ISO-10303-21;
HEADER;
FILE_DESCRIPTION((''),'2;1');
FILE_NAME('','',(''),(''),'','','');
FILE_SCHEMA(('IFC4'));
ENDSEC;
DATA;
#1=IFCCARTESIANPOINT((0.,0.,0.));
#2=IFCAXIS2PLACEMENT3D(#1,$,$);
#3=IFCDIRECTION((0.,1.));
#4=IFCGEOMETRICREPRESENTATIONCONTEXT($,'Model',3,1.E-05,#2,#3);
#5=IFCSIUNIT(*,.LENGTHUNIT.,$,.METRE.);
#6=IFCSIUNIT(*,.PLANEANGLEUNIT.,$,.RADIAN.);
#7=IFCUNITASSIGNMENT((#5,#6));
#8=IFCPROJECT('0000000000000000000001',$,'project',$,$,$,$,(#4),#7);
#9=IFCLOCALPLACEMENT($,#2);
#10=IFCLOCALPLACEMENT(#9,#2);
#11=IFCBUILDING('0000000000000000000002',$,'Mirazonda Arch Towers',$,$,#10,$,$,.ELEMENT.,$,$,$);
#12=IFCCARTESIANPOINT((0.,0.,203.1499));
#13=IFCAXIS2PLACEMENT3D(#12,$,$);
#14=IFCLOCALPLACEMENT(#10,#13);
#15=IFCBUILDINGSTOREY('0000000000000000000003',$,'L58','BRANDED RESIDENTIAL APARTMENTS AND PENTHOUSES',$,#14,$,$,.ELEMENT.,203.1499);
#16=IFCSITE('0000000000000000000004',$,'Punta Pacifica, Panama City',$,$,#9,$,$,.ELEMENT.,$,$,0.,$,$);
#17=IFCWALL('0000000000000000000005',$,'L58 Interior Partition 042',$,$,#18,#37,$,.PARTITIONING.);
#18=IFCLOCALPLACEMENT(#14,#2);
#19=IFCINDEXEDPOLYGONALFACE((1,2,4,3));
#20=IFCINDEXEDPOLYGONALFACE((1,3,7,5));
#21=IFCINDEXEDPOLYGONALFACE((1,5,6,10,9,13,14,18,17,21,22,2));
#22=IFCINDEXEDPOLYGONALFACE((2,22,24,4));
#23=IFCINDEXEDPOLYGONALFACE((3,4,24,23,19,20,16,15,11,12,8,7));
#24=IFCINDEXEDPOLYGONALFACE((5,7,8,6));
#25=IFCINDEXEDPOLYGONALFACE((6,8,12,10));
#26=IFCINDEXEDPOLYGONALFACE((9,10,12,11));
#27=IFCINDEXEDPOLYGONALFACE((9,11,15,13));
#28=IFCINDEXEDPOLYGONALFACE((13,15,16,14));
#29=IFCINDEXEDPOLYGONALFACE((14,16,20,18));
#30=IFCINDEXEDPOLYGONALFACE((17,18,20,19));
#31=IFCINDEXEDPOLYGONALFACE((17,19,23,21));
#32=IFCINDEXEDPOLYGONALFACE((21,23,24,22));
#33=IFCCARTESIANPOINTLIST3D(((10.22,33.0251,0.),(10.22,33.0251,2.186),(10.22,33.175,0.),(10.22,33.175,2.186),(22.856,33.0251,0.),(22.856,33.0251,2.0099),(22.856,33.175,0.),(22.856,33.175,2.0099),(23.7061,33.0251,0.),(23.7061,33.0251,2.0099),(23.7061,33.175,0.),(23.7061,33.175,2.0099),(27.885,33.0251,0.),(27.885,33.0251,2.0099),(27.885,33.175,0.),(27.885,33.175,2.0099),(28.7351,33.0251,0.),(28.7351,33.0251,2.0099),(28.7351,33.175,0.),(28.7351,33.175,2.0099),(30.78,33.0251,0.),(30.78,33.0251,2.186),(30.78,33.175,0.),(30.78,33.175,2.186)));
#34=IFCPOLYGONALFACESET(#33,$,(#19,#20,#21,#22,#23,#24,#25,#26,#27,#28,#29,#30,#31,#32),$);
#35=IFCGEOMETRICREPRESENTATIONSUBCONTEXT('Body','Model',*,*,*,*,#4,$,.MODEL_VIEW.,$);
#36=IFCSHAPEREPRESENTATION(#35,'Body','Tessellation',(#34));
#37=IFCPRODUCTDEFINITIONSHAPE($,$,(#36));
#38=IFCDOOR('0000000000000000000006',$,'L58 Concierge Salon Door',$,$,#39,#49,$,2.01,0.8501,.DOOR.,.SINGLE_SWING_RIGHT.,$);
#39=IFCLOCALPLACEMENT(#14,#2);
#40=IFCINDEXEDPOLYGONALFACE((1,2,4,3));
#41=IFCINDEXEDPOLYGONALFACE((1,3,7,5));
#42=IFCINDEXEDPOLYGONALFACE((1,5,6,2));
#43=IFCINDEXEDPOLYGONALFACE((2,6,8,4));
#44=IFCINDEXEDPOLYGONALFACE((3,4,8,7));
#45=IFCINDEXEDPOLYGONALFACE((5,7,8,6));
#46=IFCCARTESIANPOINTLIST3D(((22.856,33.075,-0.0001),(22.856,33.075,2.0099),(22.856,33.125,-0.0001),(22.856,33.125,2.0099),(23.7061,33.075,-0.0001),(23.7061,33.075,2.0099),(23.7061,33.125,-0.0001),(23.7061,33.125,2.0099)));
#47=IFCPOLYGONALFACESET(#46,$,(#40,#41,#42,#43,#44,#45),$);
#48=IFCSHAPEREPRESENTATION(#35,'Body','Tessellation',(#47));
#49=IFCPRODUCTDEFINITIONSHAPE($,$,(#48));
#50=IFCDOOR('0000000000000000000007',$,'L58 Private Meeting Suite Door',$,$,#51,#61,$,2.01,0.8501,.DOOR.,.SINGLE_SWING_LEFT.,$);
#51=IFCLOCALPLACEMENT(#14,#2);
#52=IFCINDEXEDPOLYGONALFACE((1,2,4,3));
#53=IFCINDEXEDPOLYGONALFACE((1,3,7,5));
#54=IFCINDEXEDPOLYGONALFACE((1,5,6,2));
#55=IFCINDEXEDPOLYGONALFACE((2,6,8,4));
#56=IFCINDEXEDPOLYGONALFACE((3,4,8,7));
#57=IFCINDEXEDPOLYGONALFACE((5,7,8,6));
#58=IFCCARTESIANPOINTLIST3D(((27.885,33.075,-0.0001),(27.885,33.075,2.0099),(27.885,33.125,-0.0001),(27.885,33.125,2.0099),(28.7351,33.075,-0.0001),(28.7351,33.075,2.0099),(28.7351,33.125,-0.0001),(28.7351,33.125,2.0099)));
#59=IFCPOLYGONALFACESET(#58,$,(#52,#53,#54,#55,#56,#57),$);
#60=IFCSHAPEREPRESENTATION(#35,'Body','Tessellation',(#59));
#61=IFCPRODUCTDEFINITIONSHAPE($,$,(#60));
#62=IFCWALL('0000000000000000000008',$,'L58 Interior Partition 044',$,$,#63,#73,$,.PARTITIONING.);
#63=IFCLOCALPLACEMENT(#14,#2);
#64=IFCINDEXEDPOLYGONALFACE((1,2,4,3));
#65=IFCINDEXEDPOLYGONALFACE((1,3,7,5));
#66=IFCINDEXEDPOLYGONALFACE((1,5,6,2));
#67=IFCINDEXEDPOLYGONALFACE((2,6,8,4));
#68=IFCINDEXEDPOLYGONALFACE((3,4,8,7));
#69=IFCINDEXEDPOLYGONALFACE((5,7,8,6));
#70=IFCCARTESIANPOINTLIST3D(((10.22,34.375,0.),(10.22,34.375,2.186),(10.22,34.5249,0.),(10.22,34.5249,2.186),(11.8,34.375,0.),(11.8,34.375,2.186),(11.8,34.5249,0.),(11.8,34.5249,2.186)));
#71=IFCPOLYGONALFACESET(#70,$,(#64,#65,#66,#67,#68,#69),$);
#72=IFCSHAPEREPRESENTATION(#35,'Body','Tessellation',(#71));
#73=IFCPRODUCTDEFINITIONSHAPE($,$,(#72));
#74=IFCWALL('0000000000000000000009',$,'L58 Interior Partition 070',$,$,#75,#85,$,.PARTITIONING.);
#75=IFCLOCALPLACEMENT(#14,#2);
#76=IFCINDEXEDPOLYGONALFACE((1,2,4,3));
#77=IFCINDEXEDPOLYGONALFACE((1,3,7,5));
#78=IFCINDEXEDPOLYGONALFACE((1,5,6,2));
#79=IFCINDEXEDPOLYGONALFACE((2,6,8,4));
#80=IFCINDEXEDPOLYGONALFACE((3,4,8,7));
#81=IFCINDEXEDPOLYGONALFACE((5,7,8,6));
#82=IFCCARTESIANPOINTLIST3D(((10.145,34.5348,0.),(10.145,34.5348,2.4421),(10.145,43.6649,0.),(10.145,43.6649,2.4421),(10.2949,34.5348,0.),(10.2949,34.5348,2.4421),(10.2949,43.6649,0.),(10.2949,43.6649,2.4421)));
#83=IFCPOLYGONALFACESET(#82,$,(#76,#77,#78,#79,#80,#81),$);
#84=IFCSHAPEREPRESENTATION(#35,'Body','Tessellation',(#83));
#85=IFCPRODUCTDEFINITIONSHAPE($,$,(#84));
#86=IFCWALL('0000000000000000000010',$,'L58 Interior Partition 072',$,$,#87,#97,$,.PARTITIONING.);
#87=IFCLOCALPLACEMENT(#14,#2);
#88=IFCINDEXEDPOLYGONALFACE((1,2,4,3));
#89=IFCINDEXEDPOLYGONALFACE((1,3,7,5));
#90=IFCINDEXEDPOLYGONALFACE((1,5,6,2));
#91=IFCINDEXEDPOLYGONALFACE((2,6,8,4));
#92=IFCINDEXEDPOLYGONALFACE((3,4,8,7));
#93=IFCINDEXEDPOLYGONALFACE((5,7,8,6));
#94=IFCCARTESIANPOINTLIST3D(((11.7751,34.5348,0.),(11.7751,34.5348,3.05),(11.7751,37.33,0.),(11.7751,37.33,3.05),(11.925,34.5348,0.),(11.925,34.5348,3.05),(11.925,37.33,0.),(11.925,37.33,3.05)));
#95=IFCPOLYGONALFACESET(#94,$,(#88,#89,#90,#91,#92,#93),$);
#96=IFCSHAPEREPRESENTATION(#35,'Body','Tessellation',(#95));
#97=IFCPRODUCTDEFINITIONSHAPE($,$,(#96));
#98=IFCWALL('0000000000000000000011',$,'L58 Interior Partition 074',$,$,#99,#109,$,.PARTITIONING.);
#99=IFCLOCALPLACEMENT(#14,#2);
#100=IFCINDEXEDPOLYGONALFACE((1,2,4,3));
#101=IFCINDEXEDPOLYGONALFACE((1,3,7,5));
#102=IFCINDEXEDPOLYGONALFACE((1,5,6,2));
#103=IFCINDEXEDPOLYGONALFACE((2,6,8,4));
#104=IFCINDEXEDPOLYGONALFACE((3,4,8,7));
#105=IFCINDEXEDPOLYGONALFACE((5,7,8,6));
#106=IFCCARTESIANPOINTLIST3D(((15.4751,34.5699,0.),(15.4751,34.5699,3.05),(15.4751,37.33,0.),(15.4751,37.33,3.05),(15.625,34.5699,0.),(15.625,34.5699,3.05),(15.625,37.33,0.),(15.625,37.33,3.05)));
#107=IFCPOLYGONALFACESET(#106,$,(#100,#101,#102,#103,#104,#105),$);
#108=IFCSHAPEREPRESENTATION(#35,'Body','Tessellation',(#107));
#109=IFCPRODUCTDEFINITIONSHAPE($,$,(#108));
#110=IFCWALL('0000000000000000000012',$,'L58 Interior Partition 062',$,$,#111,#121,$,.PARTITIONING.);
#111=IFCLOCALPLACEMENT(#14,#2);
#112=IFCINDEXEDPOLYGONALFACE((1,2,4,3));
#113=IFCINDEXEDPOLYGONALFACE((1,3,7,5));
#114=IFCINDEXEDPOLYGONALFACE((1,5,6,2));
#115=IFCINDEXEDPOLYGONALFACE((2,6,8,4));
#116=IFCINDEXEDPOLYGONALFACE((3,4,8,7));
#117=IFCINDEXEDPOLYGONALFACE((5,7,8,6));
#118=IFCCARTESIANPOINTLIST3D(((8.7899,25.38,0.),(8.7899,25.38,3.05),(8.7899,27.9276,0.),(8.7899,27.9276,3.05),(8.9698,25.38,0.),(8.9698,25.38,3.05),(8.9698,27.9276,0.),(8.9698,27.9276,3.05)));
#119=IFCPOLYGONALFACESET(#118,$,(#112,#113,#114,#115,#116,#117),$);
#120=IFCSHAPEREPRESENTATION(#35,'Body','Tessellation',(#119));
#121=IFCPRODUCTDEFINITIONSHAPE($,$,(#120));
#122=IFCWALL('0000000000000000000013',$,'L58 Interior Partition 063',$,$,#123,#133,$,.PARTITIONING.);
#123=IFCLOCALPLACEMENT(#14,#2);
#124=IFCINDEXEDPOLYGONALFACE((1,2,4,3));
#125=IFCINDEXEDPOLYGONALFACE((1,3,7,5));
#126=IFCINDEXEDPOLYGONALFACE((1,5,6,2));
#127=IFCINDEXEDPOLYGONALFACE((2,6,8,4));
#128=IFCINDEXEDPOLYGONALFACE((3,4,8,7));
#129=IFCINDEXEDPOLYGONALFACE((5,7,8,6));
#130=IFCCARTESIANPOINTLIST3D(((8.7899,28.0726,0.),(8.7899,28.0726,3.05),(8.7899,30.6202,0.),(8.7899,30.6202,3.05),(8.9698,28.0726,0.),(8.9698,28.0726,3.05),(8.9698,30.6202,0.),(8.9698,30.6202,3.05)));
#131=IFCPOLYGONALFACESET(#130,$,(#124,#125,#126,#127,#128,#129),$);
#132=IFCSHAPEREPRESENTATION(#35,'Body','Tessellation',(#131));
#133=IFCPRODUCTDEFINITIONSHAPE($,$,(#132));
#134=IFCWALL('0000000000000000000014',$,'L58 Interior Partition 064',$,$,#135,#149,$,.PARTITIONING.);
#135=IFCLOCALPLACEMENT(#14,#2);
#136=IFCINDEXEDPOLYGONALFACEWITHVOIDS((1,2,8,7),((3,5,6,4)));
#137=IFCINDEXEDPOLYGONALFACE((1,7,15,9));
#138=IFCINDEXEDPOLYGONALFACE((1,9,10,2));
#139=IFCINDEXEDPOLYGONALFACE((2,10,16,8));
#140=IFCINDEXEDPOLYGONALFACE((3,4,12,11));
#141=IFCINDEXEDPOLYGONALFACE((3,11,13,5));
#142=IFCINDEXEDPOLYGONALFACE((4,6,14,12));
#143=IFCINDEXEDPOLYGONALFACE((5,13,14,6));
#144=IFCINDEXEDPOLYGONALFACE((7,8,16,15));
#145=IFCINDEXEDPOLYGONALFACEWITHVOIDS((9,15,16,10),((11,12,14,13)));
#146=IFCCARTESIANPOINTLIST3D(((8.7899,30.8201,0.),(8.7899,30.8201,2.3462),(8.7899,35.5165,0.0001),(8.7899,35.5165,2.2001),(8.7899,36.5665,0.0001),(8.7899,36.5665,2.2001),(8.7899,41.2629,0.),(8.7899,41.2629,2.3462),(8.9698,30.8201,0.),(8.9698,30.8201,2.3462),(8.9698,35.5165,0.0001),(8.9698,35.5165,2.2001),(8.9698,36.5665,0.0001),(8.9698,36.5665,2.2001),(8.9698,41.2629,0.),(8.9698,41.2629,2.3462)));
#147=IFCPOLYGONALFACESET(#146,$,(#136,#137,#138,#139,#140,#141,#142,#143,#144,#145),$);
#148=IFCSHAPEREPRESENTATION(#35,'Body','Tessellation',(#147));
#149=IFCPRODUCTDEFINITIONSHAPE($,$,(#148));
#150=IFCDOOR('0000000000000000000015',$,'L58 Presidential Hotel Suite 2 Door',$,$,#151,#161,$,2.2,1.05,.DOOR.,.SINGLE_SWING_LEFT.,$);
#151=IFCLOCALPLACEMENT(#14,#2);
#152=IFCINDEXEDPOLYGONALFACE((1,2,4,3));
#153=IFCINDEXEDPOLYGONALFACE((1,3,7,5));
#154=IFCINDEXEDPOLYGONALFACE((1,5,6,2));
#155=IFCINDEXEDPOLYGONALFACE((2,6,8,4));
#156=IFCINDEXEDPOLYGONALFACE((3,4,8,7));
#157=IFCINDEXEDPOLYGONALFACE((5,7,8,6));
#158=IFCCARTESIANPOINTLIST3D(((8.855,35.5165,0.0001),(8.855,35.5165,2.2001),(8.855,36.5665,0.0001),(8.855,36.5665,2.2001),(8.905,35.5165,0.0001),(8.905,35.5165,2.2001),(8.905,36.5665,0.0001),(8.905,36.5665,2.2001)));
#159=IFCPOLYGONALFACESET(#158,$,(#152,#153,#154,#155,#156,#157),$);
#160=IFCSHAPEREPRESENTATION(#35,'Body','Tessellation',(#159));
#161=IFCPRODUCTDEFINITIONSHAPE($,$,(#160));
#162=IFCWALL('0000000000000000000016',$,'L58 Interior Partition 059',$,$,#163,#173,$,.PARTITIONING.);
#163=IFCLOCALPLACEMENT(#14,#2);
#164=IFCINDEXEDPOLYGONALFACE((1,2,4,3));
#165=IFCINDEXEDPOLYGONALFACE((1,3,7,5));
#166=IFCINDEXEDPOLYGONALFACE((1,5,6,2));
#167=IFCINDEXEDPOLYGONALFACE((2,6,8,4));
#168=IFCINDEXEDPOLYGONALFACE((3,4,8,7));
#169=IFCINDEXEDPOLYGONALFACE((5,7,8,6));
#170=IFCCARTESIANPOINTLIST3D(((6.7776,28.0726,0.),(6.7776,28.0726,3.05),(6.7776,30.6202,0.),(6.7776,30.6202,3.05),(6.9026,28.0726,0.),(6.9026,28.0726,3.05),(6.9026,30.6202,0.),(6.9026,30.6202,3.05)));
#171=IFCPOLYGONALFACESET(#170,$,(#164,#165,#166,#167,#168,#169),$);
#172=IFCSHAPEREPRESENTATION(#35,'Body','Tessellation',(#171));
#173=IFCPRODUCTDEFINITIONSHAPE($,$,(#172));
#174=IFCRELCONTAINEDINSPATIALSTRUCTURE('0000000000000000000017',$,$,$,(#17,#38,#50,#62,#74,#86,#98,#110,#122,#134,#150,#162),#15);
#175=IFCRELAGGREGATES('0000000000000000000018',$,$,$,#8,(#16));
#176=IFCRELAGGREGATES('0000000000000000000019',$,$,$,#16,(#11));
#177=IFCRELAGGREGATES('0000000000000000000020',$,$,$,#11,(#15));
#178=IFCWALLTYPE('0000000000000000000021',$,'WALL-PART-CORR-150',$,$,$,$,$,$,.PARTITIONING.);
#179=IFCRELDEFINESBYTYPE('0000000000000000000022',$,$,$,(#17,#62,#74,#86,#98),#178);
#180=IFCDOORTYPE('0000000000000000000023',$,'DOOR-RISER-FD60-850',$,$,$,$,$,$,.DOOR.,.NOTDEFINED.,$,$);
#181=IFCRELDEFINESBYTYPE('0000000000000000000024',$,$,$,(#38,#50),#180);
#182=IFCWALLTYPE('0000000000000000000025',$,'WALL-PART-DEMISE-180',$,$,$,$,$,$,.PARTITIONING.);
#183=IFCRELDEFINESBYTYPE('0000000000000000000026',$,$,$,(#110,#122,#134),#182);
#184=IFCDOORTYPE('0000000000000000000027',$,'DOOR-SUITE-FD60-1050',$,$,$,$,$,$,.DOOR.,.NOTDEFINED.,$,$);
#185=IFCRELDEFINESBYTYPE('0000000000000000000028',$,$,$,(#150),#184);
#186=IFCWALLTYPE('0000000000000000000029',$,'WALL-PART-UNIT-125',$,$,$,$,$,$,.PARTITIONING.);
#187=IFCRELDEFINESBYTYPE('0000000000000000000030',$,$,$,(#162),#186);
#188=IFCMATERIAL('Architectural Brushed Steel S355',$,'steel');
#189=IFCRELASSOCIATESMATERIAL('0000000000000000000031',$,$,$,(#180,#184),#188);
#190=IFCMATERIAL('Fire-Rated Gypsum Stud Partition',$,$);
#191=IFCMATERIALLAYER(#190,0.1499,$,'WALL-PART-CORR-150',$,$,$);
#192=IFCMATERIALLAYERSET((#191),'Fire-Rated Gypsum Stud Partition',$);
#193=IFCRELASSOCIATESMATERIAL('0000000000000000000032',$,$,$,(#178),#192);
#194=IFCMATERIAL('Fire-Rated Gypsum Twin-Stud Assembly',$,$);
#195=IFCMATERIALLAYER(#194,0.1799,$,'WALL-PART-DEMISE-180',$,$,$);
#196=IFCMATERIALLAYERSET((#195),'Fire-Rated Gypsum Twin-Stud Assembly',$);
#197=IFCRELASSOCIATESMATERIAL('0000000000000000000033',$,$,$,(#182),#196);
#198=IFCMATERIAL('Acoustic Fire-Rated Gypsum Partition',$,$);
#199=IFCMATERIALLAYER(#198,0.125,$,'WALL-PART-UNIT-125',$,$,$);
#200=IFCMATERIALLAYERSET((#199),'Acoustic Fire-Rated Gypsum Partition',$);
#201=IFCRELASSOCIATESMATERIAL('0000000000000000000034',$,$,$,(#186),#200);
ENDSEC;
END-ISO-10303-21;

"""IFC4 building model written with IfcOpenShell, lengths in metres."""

from ifc_helpers import new_model, si_unit, direction, frame, frame_2d, origin, place, context, subcontext, project, spatial, rectangle, extrude, material, layer, layer_set, type_object, element, fill, save


model = new_model("IFC4")

# Units and contexts
model_context = context("Model", 3, precision=1e-05, world=origin(), true_north=direction((0.0, 1.0)))
body_context = subcontext(model_context, "Body", "Model", "MODEL_VIEW")
ifc_project = project(units=[si_unit("LENGTHUNIT", "METRE"), si_unit("PLANEANGLEUNIT", "RADIAN")], contexts=[model_context])

# Site, building, storey
site_placement = place(None, origin())
site = spatial("IfcSite", under=ifc_project, at=site_placement, Name="Punta Pacifica, Panama City", CompositionType="ELEMENT", RefElevation=0.0)
building_placement = place(site_placement, origin())
building = spatial("IfcBuilding", under=site, at=building_placement, Name="Mirazonda Arch Towers", CompositionType="ELEMENT")
storey_placement = place(building_placement, frame((0.0, 0.0, 203.1499)))
storey = spatial("IfcBuildingStorey", under=building, at=storey_placement, Name="L58", Description="BRANDED RESIDENTIAL APARTMENTS AND PENTHOUSES", CompositionType="ELEMENT", Elevation=203.1499)

# Wall, openings, doors
ifc_material_1 = material(Name="Architectural Brushed Steel S355", Category="steel")
door_type_1 = type_object("IfcDoorType", Name="DOOR-RISER-FD60-850", OperationType="NOTDEFINED", PredefinedType="DOOR", material=ifc_material_1)
ifc_material_2 = material(Name="Fire-Rated Gypsum Stud Partition")
ifc_layer_1 = layer(ifc_material_2, 0.1499, Name="WALL-PART-CORR-150")
ifc_layer_set_1 = layer_set([ifc_layer_1], Name="Fire-Rated Gypsum Stud Partition")
wall_type_1 = type_object("IfcWallType", Name="WALL-PART-CORR-150", PredefinedType="PARTITIONING", material=ifc_layer_set_1)
wall_1_placement = place(storey_placement, frame((10.22, 33.1001, 0.0), z_axis=(0.0, 0.0, 1.0), x_axis=(1.0, 0.0, 0.0)))
wall_1 = element("IfcWall", 1, at=wall_1_placement, inside=storey, type_object=wall_type_1, Name="L58 Interior Partition 042", PredefinedType="PARTITIONING", context=body_context, shape_type="SweptSolid", body=[
    extrude(rectangle(XDim=20.5601, YDim=0.1499, at=frame_2d((10.28, 0.0))), origin(), (0.0, 0.0, 1.0), 2.186),
])
opening_1_placement = place(wall_1_placement, frame((12.636, 0.0, 0.0)))
opening_1 = element("IfcOpeningElement", 2, at=opening_1_placement, cuts=wall_1, PredefinedType="OPENING", context=body_context, shape_type="SweptSolid", body=[
    extrude(rectangle(XDim=0.8501, YDim=2.01, at=frame_2d((0.425, 1.0049))), frame((0.0, 0.085, 0.0), z_axis=(0.0, -1.0, 0.0), x_axis=(1.0, 0.0, 0.0)), (0.0, 0.0, 1.0), 0.1699),
])
opening_2_placement = place(wall_1_placement, frame((17.665, 0.0, 0.0)))
opening_2 = element("IfcOpeningElement", 3, at=opening_2_placement, cuts=wall_1, PredefinedType="OPENING", context=body_context, shape_type="SweptSolid", body=[
    extrude(rectangle(XDim=0.8501, YDim=2.01, at=frame_2d((0.425, 1.0049))), frame((0.0, 0.085, 0.0), z_axis=(0.0, -1.0, 0.0), x_axis=(1.0, 0.0, 0.0)), (0.0, 0.0, 1.0), 0.1699),
])
door_1_placement = place(opening_1_placement, origin())
door_1 = element("IfcDoor", 4, at=door_1_placement, inside=storey, type_object=door_type_1, Name="L58 Concierge Salon Door", OperationType="SINGLE_SWING_RIGHT", OverallHeight=2.01, OverallWidth=0.8501, PredefinedType="DOOR", context=body_context, shape_type="SweptSolid", body=[
    extrude(rectangle(XDim=0.8501, YDim=2.01, at=frame_2d((0.425, 1.0049))), frame((0.0, 0.0249, 0.0), z_axis=(0.0, -1.0, 0.0), x_axis=(1.0, 0.0, 0.0)), (0.0, 0.0, 1.0), 0.05),
])
fill(opening_1, door_1)
door_2_placement = place(opening_2_placement, origin())
door_2 = element("IfcDoor", 5, at=door_2_placement, inside=storey, type_object=door_type_1, Name="L58 Private Meeting Suite Door", OperationType="SINGLE_SWING_LEFT", OverallHeight=2.01, OverallWidth=0.8501, PredefinedType="DOOR", context=body_context, shape_type="SweptSolid", body=[
    extrude(rectangle(XDim=0.8501, YDim=2.01, at=frame_2d((0.425, 1.0049))), frame((0.0, 0.0249, 0.0), z_axis=(0.0, -1.0, 0.0), x_axis=(1.0, 0.0, 0.0)), (0.0, 0.0, 1.0), 0.05),
])
fill(opening_2, door_2)

# Walls
wall_2_placement = place(storey_placement, frame((10.22, 34.45, 0.0), z_axis=(0.0, 0.0, 1.0), x_axis=(1.0, 0.0, 0.0)))
element("IfcWall", 6, at=wall_2_placement, inside=storey, type_object=wall_type_1, Name="L58 Interior Partition 044", PredefinedType="PARTITIONING", context=body_context, shape_type="SweptSolid", body=[
    extrude(rectangle(XDim=1.5801, YDim=0.1499, at=frame_2d((0.79, 0.0))), origin(), (0.0, 0.0, 1.0), 2.186),
])
wall_3_placement = place(storey_placement, frame((10.22, 34.5349, 0.0), z_axis=(0.0, 0.0, 1.0), x_axis=(0.0, 1.0, 0.0)))
element("IfcWall", 7, at=wall_3_placement, inside=storey, type_object=wall_type_1, Name="L58 Interior Partition 070", PredefinedType="PARTITIONING", context=body_context, shape_type="SweptSolid", body=[
    extrude(rectangle(XDim=9.1301, YDim=0.1499, at=frame_2d((4.5649, 0.0))), origin(), (0.0, 0.0, 1.0), 2.4421),
])
wall_4_placement = place(storey_placement, frame((11.8501, 34.5349, 0.0), z_axis=(0.0, 0.0, 1.0), x_axis=(0.0, 1.0, 0.0)))
element("IfcWall", 8, at=wall_4_placement, inside=storey, type_object=wall_type_1, Name="L58 Interior Partition 072", PredefinedType="PARTITIONING", context=body_context, shape_type="SweptSolid", body=[
    extrude(rectangle(XDim=2.7952, YDim=0.1499, at=frame_2d((1.3975, 0.0))), origin(), (0.0, 0.0, 1.0), 3.05),
])
wall_5_placement = place(storey_placement, frame((15.55, 34.5701, 0.0), z_axis=(0.0, 0.0, 1.0), x_axis=(0.0, 1.0, 0.0)))
element("IfcWall", 9, at=wall_5_placement, inside=storey, type_object=wall_type_1, Name="L58 Interior Partition 074", PredefinedType="PARTITIONING", context=body_context, shape_type="SweptSolid", body=[
    extrude(rectangle(XDim=2.76, YDim=0.1499, at=frame_2d((1.3799, 0.0))), origin(), (0.0, 0.0, 1.0), 3.05),
])
ifc_material_3 = material(Name="Fire-Rated Gypsum Twin-Stud Assembly")
ifc_layer_2 = layer(ifc_material_3, 0.1799, Name="WALL-PART-DEMISE-180")
ifc_layer_set_2 = layer_set([ifc_layer_2], Name="Fire-Rated Gypsum Twin-Stud Assembly")
wall_type_2 = type_object("IfcWallType", Name="WALL-PART-DEMISE-180", PredefinedType="PARTITIONING", material=ifc_layer_set_2)
for number, where, z_axis, x_axis, name in (
    (10, (8.8799, 25.3799, 0.0), (0.0, 0.0, 1.0), (0.0, 1.0, 0.0), "L58 Interior Partition 062"),
    (11, (8.8799, 28.0725, 0.0), (0.0, 0.0, 1.0), (0.0, 1.0, 0.0), "L58 Interior Partition 063"),
):
    element("IfcWall", number, at=place(storey_placement, frame(where, z_axis=z_axis, x_axis=x_axis)), inside=storey, type_object=wall_type_2, Name=name, PredefinedType="PARTITIONING", context=body_context, shape_type="SweptSolid", body=[
        extrude(rectangle(XDim=2.5476, YDim=0.1799, at=frame_2d((1.2739, 0.0))), origin(), (0.0, 0.0, 1.0), 3.05),
    ])

# Wall, opening, door
wall_6_placement = place(storey_placement, frame((8.8799, 30.8201, 0.0), z_axis=(0.0, 0.0, 1.0), x_axis=(0.0, 1.0, 0.0)))
wall_6 = element("IfcWall", 12, at=wall_6_placement, inside=storey, type_object=wall_type_2, Name="L58 Interior Partition 064", PredefinedType="PARTITIONING", context=body_context, shape_type="SweptSolid", body=[
    extrude(rectangle(XDim=10.4429, YDim=0.1799, at=frame_2d((5.2214, 0.0))), origin(), (0.0, 0.0, 1.0), 2.3462),
])
opening_3_placement = place(wall_6_placement, frame((4.6965, 0.0, 0.0)))
opening_3 = element("IfcOpeningElement", 13, at=opening_3_placement, cuts=wall_6, PredefinedType="OPENING", context=body_context, shape_type="SweptSolid", body=[
    extrude(rectangle(XDim=1.05, YDim=2.2, at=frame_2d((0.5249, 1.1001))), frame((0.0, 0.0999, 0.0), z_axis=(0.0, -1.0, 0.0), x_axis=(1.0, 0.0, 0.0)), (0.0, 0.0, 1.0), 0.2),
])
door_type_2 = type_object("IfcDoorType", Name="DOOR-SUITE-FD60-1050", OperationType="NOTDEFINED", PredefinedType="DOOR", material=ifc_material_1)
door_3_placement = place(opening_3_placement, origin())
door_3 = element("IfcDoor", 14, at=door_3_placement, inside=storey, type_object=door_type_2, Name="L58 Presidential Hotel Suite 2 Door", OperationType="SINGLE_SWING_LEFT", OverallHeight=2.2, OverallWidth=1.05, PredefinedType="DOOR", context=body_context, shape_type="SweptSolid", body=[
    extrude(rectangle(XDim=1.05, YDim=2.2, at=frame_2d((0.5249, 1.1001))), frame((0.0, 0.0249, 0.0), z_axis=(0.0, -1.0, 0.0), x_axis=(1.0, 0.0, 0.0)), (0.0, 0.0, 1.0), 0.05),
])
fill(opening_3, door_3)

# Wall
ifc_material_4 = material(Name="Acoustic Fire-Rated Gypsum Partition")
ifc_layer_3 = layer(ifc_material_4, 0.125, Name="WALL-PART-UNIT-125")
ifc_layer_set_3 = layer_set([ifc_layer_3], Name="Acoustic Fire-Rated Gypsum Partition")
wall_type_3 = type_object("IfcWallType", Name="WALL-PART-UNIT-125", PredefinedType="PARTITIONING", material=ifc_layer_set_3)
wall_7_placement = place(storey_placement, frame((6.8401, 28.0725, 0.0), z_axis=(0.0, 0.0, 1.0), x_axis=(0.0, 1.0, 0.0)))
element("IfcWall", 15, at=wall_7_placement, inside=storey, type_object=wall_type_3, Name="L58 Interior Partition 059", PredefinedType="PARTITIONING", context=body_context, shape_type="SweptSolid", body=[
    extrude(rectangle(XDim=2.5476, YDim=0.125, at=frame_2d((1.2739, 0.0))), origin(), (0.0, 0.0, 1.0), 3.05),
])

save(model, "model.ifc")
